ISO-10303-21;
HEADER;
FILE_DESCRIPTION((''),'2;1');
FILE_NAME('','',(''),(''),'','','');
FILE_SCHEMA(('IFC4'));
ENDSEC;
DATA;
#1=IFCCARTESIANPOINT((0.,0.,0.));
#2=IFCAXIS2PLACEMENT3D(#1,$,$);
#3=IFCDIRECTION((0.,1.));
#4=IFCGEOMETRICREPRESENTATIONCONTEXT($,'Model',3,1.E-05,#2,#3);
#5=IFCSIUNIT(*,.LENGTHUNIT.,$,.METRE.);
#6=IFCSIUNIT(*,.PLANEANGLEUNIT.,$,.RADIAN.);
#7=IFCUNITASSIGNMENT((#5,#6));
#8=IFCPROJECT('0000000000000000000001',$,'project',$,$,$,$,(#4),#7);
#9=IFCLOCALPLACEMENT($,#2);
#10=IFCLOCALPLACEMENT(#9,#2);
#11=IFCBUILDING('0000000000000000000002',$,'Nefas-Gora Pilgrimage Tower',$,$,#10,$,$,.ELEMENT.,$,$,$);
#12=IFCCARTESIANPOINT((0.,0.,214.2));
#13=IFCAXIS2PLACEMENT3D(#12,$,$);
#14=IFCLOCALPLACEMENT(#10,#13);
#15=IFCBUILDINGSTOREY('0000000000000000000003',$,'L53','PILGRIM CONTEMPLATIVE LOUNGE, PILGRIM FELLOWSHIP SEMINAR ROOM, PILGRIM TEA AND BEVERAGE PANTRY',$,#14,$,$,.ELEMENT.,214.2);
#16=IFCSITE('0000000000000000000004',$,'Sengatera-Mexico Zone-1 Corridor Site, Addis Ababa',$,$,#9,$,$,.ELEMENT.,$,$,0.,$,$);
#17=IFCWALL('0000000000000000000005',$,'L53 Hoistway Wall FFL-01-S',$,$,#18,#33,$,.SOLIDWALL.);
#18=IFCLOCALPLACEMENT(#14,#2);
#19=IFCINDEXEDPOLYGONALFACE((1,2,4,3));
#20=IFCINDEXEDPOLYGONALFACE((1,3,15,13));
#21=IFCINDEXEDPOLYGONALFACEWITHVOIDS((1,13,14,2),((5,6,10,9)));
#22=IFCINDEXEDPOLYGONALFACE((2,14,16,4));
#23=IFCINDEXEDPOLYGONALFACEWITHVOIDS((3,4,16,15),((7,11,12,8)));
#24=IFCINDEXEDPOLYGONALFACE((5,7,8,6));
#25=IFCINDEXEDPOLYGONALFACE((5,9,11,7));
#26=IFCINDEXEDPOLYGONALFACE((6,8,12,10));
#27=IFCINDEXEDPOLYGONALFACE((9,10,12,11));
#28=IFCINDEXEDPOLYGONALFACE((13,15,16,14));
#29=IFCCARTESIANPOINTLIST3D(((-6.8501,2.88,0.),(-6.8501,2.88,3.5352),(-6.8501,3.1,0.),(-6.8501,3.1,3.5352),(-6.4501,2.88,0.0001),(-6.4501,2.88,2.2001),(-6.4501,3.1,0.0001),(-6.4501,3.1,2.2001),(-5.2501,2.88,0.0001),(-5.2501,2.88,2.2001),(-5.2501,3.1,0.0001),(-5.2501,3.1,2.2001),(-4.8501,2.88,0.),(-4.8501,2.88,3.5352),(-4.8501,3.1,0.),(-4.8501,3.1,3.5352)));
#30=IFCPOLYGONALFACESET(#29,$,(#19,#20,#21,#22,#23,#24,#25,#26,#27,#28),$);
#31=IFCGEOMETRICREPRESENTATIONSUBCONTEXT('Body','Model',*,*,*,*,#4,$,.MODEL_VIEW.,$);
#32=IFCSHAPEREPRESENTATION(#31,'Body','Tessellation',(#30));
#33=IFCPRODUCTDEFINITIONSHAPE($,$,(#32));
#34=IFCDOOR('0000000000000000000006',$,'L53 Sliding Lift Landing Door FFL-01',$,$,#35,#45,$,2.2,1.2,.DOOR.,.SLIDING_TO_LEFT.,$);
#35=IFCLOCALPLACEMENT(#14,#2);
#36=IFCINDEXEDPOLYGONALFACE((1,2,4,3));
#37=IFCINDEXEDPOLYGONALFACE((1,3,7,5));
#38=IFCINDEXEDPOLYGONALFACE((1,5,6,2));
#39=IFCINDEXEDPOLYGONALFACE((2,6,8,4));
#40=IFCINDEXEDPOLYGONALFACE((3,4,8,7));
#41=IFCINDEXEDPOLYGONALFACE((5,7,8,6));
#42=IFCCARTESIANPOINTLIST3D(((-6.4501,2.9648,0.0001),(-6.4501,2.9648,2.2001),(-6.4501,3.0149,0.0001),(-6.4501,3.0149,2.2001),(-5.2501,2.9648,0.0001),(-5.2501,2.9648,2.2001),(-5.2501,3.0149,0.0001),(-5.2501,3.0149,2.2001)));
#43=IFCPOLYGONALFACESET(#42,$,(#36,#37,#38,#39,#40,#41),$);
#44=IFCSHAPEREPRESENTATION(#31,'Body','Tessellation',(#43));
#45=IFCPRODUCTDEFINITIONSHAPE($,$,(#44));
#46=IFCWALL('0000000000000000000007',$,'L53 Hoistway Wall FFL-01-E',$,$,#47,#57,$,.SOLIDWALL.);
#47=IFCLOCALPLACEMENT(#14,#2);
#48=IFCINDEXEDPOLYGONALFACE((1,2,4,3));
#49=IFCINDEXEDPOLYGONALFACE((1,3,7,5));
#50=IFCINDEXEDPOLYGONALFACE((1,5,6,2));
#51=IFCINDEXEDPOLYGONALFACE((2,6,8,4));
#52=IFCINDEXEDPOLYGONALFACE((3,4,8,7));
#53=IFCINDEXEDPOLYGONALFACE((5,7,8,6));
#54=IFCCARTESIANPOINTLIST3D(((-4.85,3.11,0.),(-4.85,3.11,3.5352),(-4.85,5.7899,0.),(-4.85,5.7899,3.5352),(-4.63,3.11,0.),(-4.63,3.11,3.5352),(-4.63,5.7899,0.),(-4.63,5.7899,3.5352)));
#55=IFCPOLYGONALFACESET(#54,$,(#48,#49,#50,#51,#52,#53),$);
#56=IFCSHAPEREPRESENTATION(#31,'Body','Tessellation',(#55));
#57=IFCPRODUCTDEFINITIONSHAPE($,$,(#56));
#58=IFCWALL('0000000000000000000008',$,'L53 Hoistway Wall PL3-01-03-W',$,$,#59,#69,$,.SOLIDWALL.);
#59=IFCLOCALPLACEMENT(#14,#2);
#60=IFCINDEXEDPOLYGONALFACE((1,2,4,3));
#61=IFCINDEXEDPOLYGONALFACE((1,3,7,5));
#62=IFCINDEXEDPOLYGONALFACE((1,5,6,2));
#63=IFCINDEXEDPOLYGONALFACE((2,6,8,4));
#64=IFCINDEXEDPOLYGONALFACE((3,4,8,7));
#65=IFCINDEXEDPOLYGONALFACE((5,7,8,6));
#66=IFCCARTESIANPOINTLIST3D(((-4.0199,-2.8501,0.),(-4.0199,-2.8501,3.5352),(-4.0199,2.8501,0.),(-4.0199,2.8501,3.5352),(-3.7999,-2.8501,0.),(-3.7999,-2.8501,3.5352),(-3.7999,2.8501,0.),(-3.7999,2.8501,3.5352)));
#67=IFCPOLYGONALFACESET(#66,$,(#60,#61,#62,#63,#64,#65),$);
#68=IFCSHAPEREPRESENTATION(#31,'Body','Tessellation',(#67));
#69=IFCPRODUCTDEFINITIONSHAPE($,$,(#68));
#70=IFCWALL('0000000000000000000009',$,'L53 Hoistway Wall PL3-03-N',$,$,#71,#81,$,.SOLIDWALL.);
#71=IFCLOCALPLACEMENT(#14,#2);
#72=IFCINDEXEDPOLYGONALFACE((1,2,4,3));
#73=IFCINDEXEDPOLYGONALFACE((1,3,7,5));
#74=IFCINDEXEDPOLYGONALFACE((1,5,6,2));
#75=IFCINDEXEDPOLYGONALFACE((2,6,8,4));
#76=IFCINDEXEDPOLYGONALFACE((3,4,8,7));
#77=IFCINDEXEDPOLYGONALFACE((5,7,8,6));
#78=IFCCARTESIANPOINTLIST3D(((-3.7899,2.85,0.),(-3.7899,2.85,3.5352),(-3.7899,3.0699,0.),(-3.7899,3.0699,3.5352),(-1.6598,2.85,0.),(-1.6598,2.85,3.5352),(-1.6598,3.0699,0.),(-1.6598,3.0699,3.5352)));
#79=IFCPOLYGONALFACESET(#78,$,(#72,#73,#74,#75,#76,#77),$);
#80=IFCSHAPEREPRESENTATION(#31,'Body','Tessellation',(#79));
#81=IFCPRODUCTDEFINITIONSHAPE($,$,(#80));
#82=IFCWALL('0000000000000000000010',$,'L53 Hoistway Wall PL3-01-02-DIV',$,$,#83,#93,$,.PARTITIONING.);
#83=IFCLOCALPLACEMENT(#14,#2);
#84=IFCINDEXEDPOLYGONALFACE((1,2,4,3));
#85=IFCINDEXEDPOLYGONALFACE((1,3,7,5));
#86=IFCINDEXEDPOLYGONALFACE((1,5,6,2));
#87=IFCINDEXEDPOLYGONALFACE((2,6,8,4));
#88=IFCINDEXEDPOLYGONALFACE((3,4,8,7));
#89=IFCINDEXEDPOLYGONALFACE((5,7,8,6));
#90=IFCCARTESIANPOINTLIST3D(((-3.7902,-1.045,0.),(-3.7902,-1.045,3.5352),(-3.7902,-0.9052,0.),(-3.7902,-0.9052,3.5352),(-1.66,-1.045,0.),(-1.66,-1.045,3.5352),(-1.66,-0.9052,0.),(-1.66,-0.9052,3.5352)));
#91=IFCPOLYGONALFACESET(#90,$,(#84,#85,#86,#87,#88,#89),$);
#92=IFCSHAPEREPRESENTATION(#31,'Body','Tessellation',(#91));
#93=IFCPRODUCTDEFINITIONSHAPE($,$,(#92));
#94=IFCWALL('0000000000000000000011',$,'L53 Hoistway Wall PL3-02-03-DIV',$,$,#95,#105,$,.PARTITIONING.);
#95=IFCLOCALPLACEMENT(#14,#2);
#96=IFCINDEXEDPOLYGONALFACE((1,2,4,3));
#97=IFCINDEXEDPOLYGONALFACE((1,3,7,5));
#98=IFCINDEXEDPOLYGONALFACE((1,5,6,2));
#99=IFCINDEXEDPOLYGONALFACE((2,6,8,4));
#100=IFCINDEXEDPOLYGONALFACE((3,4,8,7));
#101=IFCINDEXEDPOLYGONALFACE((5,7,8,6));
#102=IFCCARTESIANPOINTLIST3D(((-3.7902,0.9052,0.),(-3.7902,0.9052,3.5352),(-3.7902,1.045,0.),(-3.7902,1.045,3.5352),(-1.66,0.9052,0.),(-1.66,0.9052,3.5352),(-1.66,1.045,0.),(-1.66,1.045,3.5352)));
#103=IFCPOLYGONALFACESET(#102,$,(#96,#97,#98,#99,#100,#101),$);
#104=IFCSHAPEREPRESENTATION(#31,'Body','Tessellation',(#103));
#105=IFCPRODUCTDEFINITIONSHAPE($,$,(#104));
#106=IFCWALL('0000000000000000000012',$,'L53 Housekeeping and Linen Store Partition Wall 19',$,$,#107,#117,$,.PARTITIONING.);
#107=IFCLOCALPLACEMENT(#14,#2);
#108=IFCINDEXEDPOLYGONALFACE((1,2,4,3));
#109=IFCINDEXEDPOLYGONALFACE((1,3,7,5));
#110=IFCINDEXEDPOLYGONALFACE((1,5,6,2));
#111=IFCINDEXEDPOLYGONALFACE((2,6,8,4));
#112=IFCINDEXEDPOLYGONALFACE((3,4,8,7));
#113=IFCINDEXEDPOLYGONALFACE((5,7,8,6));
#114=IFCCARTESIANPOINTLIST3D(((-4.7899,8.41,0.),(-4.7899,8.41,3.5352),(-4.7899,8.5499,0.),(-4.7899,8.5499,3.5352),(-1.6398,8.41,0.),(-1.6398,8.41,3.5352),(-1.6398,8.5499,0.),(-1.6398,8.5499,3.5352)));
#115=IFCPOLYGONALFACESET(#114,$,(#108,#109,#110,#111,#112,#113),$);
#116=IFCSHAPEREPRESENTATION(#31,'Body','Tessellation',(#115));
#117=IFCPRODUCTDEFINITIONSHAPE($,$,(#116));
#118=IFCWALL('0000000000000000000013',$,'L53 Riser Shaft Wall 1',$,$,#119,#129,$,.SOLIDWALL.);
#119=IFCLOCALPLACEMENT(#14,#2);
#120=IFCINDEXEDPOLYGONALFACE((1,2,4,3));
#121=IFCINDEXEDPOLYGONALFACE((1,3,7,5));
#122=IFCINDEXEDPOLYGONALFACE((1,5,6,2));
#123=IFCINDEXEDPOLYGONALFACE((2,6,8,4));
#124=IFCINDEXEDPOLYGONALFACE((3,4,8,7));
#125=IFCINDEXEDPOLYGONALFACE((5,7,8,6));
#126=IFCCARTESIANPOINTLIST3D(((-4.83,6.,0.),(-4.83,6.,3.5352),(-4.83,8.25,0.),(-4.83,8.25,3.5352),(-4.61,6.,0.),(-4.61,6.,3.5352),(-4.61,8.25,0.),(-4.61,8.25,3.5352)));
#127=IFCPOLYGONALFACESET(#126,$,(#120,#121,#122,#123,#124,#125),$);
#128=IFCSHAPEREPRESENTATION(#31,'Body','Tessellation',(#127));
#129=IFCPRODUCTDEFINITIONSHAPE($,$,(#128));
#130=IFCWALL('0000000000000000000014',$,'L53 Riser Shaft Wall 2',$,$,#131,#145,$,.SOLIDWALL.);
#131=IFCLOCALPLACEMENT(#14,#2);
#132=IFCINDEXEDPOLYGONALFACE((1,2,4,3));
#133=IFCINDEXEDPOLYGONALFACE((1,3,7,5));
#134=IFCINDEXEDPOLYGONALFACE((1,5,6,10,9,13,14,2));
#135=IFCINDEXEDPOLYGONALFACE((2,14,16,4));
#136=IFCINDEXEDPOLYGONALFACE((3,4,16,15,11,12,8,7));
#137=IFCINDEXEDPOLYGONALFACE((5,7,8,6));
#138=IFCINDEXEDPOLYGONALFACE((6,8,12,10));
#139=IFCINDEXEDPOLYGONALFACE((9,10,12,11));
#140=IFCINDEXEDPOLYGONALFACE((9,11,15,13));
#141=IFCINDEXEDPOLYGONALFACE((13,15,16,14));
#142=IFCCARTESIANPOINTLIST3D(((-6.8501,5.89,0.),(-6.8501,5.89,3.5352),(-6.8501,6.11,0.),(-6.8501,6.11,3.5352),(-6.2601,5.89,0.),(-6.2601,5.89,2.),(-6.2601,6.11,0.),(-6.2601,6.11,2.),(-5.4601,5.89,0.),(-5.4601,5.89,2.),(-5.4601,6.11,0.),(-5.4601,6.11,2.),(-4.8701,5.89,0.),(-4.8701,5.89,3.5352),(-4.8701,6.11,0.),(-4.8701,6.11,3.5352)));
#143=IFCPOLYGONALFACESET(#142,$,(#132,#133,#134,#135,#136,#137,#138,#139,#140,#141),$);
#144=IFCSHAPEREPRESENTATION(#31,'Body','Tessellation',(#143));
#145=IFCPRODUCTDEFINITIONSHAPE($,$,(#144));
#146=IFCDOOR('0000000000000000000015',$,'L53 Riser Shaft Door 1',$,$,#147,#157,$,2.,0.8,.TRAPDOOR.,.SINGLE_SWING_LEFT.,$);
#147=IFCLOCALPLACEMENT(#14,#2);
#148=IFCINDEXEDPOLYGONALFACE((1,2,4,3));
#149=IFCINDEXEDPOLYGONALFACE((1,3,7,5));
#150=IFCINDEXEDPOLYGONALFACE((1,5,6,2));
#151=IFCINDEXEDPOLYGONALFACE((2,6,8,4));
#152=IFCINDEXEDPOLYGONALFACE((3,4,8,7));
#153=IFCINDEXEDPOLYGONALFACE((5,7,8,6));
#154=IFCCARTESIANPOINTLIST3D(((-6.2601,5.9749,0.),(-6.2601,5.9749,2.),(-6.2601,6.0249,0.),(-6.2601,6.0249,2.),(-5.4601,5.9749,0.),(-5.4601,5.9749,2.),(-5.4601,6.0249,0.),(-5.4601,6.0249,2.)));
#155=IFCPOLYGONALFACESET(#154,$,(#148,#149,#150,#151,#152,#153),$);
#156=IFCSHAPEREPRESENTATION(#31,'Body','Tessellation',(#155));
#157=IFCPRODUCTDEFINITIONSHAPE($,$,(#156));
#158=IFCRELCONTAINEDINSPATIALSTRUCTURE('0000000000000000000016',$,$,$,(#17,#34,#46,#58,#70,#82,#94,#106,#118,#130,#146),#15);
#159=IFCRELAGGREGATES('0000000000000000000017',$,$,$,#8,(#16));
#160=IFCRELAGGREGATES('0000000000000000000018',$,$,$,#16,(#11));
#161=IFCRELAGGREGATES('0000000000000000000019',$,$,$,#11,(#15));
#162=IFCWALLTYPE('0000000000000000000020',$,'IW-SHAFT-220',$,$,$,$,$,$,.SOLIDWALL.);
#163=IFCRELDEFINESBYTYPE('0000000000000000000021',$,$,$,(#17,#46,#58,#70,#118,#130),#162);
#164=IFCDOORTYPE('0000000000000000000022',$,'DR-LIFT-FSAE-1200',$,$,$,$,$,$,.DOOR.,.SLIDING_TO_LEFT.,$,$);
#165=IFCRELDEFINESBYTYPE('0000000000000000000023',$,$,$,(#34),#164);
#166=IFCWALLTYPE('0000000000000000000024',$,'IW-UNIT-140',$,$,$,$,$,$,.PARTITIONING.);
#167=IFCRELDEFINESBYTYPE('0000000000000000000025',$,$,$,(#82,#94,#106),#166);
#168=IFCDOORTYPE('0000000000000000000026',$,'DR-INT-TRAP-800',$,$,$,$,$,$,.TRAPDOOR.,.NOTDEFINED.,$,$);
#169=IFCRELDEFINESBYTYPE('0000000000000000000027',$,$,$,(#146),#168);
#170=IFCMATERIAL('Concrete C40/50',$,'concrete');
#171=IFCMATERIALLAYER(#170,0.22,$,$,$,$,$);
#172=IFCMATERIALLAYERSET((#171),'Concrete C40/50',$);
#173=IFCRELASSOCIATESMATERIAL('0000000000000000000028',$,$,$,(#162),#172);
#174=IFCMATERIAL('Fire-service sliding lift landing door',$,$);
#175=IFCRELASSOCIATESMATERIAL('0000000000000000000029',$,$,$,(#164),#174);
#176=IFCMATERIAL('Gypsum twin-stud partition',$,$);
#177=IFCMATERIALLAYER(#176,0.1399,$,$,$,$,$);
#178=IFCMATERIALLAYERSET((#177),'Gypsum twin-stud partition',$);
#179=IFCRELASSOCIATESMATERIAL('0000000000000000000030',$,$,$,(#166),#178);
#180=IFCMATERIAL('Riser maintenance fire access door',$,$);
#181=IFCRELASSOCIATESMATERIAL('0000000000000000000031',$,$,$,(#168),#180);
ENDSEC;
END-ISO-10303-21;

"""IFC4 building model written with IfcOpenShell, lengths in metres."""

from ifc_helpers import new_model, si_unit, direction, frame, frame_2d, origin, place, context, subcontext, project, spatial, rectangle, extrude, source, transform, mapped, material, layer, layer_set, type_object, element, fill, save


model = new_model("IFC4")

# Units and contexts
model_context = context("Model", 3, precision=1e-05, world=origin(), true_north=direction((0.0, 1.0)))
body_context = subcontext(model_context, "Body", "Model", "MODEL_VIEW")
ifc_project = project(units=[si_unit("LENGTHUNIT", "METRE"), si_unit("PLANEANGLEUNIT", "RADIAN")], contexts=[model_context])

# Site, building, storey
site_placement = place(None, origin())
site = spatial("IfcSite", under=ifc_project, at=site_placement, Name="Sengatera-Mexico Zone-1 Corridor Site, Addis Ababa", CompositionType="ELEMENT", RefElevation=0.0)
building_placement = place(site_placement, origin())
building = spatial("IfcBuilding", under=site, at=building_placement, Name="Nefas-Gora Pilgrimage Tower", CompositionType="ELEMENT")
storey_placement = place(building_placement, frame((0.0, 0.0, 214.2)))
storey = spatial("IfcBuildingStorey", under=building, at=storey_placement, Name="L53", Description="PILGRIM CONTEMPLATIVE LOUNGE, PILGRIM FELLOWSHIP SEMINAR ROOM, PILGRIM TEA AND BEVERAGE PANTRY", CompositionType="ELEMENT", Elevation=214.2)

# Wall, opening, door
ifc_material_1 = material(Name="Concrete C40/50", Category="concrete")
ifc_layer_1 = layer(ifc_material_1, 0.22)
ifc_layer_set_1 = layer_set([ifc_layer_1], Name="Concrete C40/50")
wall_type_1 = type_object("IfcWallType", Name="IW-SHAFT-220", PredefinedType="SOLIDWALL", material=ifc_layer_set_1)
shared_shape_1 = source(origin(), body_context, "Body", "SweptSolid", [
    extrude(rectangle(XDim=2.0, YDim=0.22, at=frame_2d((1.0, 0.0))), origin(), (0.0, 0.0, 1.0), 3.5352),
])
wall_1_placement = place(storey_placement, frame((-6.8501, 2.99, 0.0), z_axis=(0.0, 0.0, 1.0), x_axis=(1.0, 0.0, 0.0)))
wall_1 = element("IfcWall", 1, at=wall_1_placement, inside=storey, type_object=wall_type_1, Name="L53 Hoistway Wall FFL-01-S", PredefinedType="SOLIDWALL", context=body_context, shape_type="MappedRepresentation", body=[
    mapped(shared_shape_1, transform((0.0, 0.0, 0.0), x_axis=(1.0, 0.0, 0.0), y_axis=(0.0, 1.0, 0.0), z_axis=(0.0, 0.0, 1.0), scale=1.0)),
])
opening_1_placement = place(wall_1_placement, frame((0.3999, 0.0, 0.0)))
opening_1 = element("IfcOpeningElement", 2, at=opening_1_placement, cuts=wall_1, PredefinedType="OPENING", context=body_context, shape_type="SweptSolid", body=[
    extrude(rectangle(XDim=1.2, YDim=2.2, at=frame_2d((0.6001, 1.1001))), frame((0.0, 0.1199, 0.0), z_axis=(0.0, -1.0, 0.0), x_axis=(1.0, 0.0, 0.0)), (0.0, 0.0, 1.0), 0.24),
])
ifc_material_2 = material(Name="Fire-service sliding lift landing door")
door_type_1 = type_object("IfcDoorType", Name="DR-LIFT-FSAE-1200", OperationType="SLIDING_TO_LEFT", PredefinedType="DOOR", material=ifc_material_2)
shared_shape_2 = source(origin(), body_context, "Body", "SweptSolid", [
    extrude(rectangle(XDim=1.2, YDim=2.2, at=frame_2d((0.6001, 1.1001))), frame((0.0, 0.0249, 0.0), z_axis=(0.0, -1.0, 0.0), x_axis=(1.0, 0.0, 0.0)), (0.0, 0.0, 1.0), 0.05),
])
door_1_placement = place(opening_1_placement, origin())
door_1 = element("IfcDoor", 3, at=door_1_placement, inside=storey, type_object=door_type_1, Name="L53 Sliding Lift Landing Door FFL-01", OperationType="SLIDING_TO_LEFT", OverallHeight=2.2, OverallWidth=1.2, PredefinedType="DOOR", context=body_context, shape_type="MappedRepresentation", body=[
    mapped(shared_shape_2, transform((0.0, 0.0, 0.0), x_axis=(1.0, 0.0, 0.0), y_axis=(0.0, 1.0, 0.0), z_axis=(0.0, 0.0, 1.0), scale=1.0)),
])
fill(opening_1, door_1)

# Walls
shared_shape_3 = source(origin(), body_context, "Body", "SweptSolid", [
    extrude(rectangle(XDim=2.6799, YDim=0.22, at=frame_2d((1.3398, 0.0))), origin(), (0.0, 0.0, 1.0), 3.5352),
])
wall_2_placement = place(storey_placement, frame((-4.74, 3.1101, 0.0), z_axis=(0.0, 0.0, 1.0), x_axis=(0.0, 1.0, 0.0)))
element("IfcWall", 4, at=wall_2_placement, inside=storey, type_object=wall_type_1, Name="L53 Hoistway Wall FFL-01-E", PredefinedType="SOLIDWALL", context=body_context, shape_type="MappedRepresentation", body=[
    mapped(shared_shape_3, transform((0.0, 0.0, 0.0), x_axis=(1.0, 0.0, 0.0), y_axis=(0.0, 1.0, 0.0), z_axis=(0.0, 0.0, 1.0), scale=1.0)),
])
shared_shape_4 = source(origin(), body_context, "Body", "SweptSolid", [
    extrude(rectangle(XDim=5.7002, YDim=0.22, at=frame_2d((2.8501, 0.0))), origin(), (0.0, 0.0, 1.0), 3.5352),
])
wall_3_placement = place(storey_placement, frame((-3.9099, 2.8501, 0.0), z_axis=(0.0, 0.0, 1.0), x_axis=(0.0, -1.0, 0.0)))
element("IfcWall", 5, at=wall_3_placement, inside=storey, type_object=wall_type_1, Name="L53 Hoistway Wall PL3-01-03-W", PredefinedType="SOLIDWALL", context=body_context, shape_type="MappedRepresentation", body=[
    mapped(shared_shape_4, transform((0.0, 0.0, 0.0), x_axis=(1.0, 0.0, 0.0), y_axis=(0.0, 1.0, 0.0), z_axis=(0.0, 0.0, 1.0), scale=1.0)),
])
shared_shape_5 = source(origin(), body_context, "Body", "SweptSolid", [
    extrude(rectangle(XDim=2.1301, YDim=0.22, at=frame_2d((1.0649, 0.0))), origin(), (0.0, 0.0, 1.0), 3.5352),
])
wall_4_placement = place(storey_placement, frame((-1.6599, 2.96, 0.0), z_axis=(0.0, 0.0, 1.0), x_axis=(-1.0, 0.0, 0.0)))
element("IfcWall", 6, at=wall_4_placement, inside=storey, type_object=wall_type_1, Name="L53 Hoistway Wall PL3-03-N", PredefinedType="SOLIDWALL", context=body_context, shape_type="MappedRepresentation", body=[
    mapped(shared_shape_5, transform((0.0, 0.0, 0.0), x_axis=(1.0, 0.0, 0.0), y_axis=(0.0, 1.0, 0.0), z_axis=(0.0, 0.0, 1.0), scale=1.0)),
])
ifc_material_3 = material(Name="Gypsum twin-stud partition")
ifc_layer_2 = layer(ifc_material_3, 0.1399)
ifc_layer_set_2 = layer_set([ifc_layer_2], Name="Gypsum twin-stud partition")
wall_type_2 = type_object("IfcWallType", Name="IW-UNIT-140", PredefinedType="PARTITIONING", material=ifc_layer_set_2)
shared_shape_6 = source(origin(), body_context, "Body", "SweptSolid", [
    extrude(rectangle(XDim=2.1301, YDim=0.1399, at=frame_2d((1.0649, 0.0))), origin(), (0.0, 0.0, 1.0), 3.5352),
])
for number, where, z_axis, x_axis, name in (
    (7, (-3.79, -0.9751, 0.0), (0.0, 0.0, 1.0), (1.0, 0.0, 0.0), "L53 Hoistway Wall PL3-01-02-DIV"),
    (8, (-3.79, 0.9751, 0.0), (0.0, 0.0, 1.0), (1.0, 0.0, 0.0), "L53 Hoistway Wall PL3-02-03-DIV"),
):
    element("IfcWall", number, at=place(storey_placement, frame(where, z_axis=z_axis, x_axis=x_axis)), inside=storey, type_object=wall_type_2, Name=name, PredefinedType="PARTITIONING", context=body_context, shape_type="MappedRepresentation", body=[
        mapped(shared_shape_6, transform((0.0, 0.0, 0.0), x_axis=(1.0, 0.0, 0.0), y_axis=(0.0, 1.0, 0.0), z_axis=(0.0, 0.0, 1.0), scale=1.0)),
    ])
shared_shape_7 = source(origin(), body_context, "Body", "SweptSolid", [
    extrude(rectangle(XDim=3.1501, YDim=0.1399, at=frame_2d((1.5752, 0.0))), origin(), (0.0, 0.0, 1.0), 3.5352),
])
wall_5_placement = place(storey_placement, frame((-4.79, 8.48, 0.0), z_axis=(0.0, 0.0, 1.0), x_axis=(1.0, 0.0, 0.0)))
element("IfcWall", 9, at=wall_5_placement, inside=storey, type_object=wall_type_2, Name="L53 Housekeeping and Linen Store Partition Wall 19", PredefinedType="PARTITIONING", context=body_context, shape_type="MappedRepresentation", body=[
    mapped(shared_shape_7, transform((0.0, 0.0, 0.0), x_axis=(1.0, 0.0, 0.0), y_axis=(0.0, 1.0, 0.0), z_axis=(0.0, 0.0, 1.0), scale=1.0)),
])
shared_shape_8 = source(origin(), body_context, "Body", "SweptSolid", [
    extrude(rectangle(XDim=2.25, YDim=0.22, at=frame_2d((1.125, 0.0))), origin(), (0.0, 0.0, 1.0), 3.5352),
])
wall_6_placement = place(storey_placement, frame((-4.72, 6.0, 0.0), z_axis=(0.0, 0.0, 1.0), x_axis=(0.0, 1.0, 0.0)))
element("IfcWall", 10, at=wall_6_placement, inside=storey, type_object=wall_type_1, Name="L53 Riser Shaft Wall 1", PredefinedType="SOLIDWALL", context=body_context, shape_type="MappedRepresentation", body=[
    mapped(shared_shape_8, transform((0.0, 0.0, 0.0), x_axis=(1.0, 0.0, 0.0), y_axis=(0.0, 1.0, 0.0), z_axis=(0.0, 0.0, 1.0), scale=1.0)),
])

# Wall, opening, door
shared_shape_9 = source(origin(), body_context, "Body", "SweptSolid", [
    extrude(rectangle(XDim=1.98, YDim=0.22, at=frame_2d((0.99, 0.0))), origin(), (0.0, 0.0, 1.0), 3.5352),
])
wall_7_placement = place(storey_placement, frame((-6.8501, 6.0, 0.0), z_axis=(0.0, 0.0, 1.0), x_axis=(1.0, 0.0, 0.0)))
wall_7 = element("IfcWall", 11, at=wall_7_placement, inside=storey, type_object=wall_type_1, Name="L53 Riser Shaft Wall 2", PredefinedType="SOLIDWALL", context=body_context, shape_type="MappedRepresentation", body=[
    mapped(shared_shape_9, transform((0.0, 0.0, 0.0), x_axis=(1.0, 0.0, 0.0), y_axis=(0.0, 1.0, 0.0), z_axis=(0.0, 0.0, 1.0), scale=1.0)),
])
opening_2_placement = place(wall_7_placement, frame((0.5901, 0.0, 0.0)))
opening_2 = element("IfcOpeningElement", 12, at=opening_2_placement, cuts=wall_7, PredefinedType="OPENING", context=body_context, shape_type="SweptSolid", body=[
    extrude(rectangle(XDim=0.8, YDim=2.0, at=frame_2d((0.3999, 1.0))), frame((0.0, 0.1199, 0.0), z_axis=(0.0, -1.0, 0.0), x_axis=(1.0, 0.0, 0.0)), (0.0, 0.0, 1.0), 0.24),
])
ifc_material_4 = material(Name="Riser maintenance fire access door")
door_type_2 = type_object("IfcDoorType", Name="DR-INT-TRAP-800", OperationType="NOTDEFINED", PredefinedType="TRAPDOOR", material=ifc_material_4)
shared_shape_10 = source(origin(), body_context, "Body", "SweptSolid", [
    extrude(rectangle(XDim=0.8, YDim=2.0, at=frame_2d((0.3999, 1.0))), frame((0.0, 0.0249, 0.0), z_axis=(0.0, -1.0, 0.0), x_axis=(1.0, 0.0, 0.0)), (0.0, 0.0, 1.0), 0.05),
])
door_2_placement = place(opening_2_placement, origin())
door_2 = element("IfcDoor", 13, at=door_2_placement, inside=storey, type_object=door_type_2, Name="L53 Riser Shaft Door 1", OperationType="SINGLE_SWING_LEFT", OverallHeight=2.0, OverallWidth=0.8, PredefinedType="TRAPDOOR", context=body_context, shape_type="MappedRepresentation", body=[
    mapped(shared_shape_10, transform((0.0, 0.0, 0.0), x_axis=(1.0, 0.0, 0.0), y_axis=(0.0, 1.0, 0.0), z_axis=(0.0, 0.0, 1.0), scale=1.0)),
])
fill(opening_2, door_2)

save(model, "model.ifc")
